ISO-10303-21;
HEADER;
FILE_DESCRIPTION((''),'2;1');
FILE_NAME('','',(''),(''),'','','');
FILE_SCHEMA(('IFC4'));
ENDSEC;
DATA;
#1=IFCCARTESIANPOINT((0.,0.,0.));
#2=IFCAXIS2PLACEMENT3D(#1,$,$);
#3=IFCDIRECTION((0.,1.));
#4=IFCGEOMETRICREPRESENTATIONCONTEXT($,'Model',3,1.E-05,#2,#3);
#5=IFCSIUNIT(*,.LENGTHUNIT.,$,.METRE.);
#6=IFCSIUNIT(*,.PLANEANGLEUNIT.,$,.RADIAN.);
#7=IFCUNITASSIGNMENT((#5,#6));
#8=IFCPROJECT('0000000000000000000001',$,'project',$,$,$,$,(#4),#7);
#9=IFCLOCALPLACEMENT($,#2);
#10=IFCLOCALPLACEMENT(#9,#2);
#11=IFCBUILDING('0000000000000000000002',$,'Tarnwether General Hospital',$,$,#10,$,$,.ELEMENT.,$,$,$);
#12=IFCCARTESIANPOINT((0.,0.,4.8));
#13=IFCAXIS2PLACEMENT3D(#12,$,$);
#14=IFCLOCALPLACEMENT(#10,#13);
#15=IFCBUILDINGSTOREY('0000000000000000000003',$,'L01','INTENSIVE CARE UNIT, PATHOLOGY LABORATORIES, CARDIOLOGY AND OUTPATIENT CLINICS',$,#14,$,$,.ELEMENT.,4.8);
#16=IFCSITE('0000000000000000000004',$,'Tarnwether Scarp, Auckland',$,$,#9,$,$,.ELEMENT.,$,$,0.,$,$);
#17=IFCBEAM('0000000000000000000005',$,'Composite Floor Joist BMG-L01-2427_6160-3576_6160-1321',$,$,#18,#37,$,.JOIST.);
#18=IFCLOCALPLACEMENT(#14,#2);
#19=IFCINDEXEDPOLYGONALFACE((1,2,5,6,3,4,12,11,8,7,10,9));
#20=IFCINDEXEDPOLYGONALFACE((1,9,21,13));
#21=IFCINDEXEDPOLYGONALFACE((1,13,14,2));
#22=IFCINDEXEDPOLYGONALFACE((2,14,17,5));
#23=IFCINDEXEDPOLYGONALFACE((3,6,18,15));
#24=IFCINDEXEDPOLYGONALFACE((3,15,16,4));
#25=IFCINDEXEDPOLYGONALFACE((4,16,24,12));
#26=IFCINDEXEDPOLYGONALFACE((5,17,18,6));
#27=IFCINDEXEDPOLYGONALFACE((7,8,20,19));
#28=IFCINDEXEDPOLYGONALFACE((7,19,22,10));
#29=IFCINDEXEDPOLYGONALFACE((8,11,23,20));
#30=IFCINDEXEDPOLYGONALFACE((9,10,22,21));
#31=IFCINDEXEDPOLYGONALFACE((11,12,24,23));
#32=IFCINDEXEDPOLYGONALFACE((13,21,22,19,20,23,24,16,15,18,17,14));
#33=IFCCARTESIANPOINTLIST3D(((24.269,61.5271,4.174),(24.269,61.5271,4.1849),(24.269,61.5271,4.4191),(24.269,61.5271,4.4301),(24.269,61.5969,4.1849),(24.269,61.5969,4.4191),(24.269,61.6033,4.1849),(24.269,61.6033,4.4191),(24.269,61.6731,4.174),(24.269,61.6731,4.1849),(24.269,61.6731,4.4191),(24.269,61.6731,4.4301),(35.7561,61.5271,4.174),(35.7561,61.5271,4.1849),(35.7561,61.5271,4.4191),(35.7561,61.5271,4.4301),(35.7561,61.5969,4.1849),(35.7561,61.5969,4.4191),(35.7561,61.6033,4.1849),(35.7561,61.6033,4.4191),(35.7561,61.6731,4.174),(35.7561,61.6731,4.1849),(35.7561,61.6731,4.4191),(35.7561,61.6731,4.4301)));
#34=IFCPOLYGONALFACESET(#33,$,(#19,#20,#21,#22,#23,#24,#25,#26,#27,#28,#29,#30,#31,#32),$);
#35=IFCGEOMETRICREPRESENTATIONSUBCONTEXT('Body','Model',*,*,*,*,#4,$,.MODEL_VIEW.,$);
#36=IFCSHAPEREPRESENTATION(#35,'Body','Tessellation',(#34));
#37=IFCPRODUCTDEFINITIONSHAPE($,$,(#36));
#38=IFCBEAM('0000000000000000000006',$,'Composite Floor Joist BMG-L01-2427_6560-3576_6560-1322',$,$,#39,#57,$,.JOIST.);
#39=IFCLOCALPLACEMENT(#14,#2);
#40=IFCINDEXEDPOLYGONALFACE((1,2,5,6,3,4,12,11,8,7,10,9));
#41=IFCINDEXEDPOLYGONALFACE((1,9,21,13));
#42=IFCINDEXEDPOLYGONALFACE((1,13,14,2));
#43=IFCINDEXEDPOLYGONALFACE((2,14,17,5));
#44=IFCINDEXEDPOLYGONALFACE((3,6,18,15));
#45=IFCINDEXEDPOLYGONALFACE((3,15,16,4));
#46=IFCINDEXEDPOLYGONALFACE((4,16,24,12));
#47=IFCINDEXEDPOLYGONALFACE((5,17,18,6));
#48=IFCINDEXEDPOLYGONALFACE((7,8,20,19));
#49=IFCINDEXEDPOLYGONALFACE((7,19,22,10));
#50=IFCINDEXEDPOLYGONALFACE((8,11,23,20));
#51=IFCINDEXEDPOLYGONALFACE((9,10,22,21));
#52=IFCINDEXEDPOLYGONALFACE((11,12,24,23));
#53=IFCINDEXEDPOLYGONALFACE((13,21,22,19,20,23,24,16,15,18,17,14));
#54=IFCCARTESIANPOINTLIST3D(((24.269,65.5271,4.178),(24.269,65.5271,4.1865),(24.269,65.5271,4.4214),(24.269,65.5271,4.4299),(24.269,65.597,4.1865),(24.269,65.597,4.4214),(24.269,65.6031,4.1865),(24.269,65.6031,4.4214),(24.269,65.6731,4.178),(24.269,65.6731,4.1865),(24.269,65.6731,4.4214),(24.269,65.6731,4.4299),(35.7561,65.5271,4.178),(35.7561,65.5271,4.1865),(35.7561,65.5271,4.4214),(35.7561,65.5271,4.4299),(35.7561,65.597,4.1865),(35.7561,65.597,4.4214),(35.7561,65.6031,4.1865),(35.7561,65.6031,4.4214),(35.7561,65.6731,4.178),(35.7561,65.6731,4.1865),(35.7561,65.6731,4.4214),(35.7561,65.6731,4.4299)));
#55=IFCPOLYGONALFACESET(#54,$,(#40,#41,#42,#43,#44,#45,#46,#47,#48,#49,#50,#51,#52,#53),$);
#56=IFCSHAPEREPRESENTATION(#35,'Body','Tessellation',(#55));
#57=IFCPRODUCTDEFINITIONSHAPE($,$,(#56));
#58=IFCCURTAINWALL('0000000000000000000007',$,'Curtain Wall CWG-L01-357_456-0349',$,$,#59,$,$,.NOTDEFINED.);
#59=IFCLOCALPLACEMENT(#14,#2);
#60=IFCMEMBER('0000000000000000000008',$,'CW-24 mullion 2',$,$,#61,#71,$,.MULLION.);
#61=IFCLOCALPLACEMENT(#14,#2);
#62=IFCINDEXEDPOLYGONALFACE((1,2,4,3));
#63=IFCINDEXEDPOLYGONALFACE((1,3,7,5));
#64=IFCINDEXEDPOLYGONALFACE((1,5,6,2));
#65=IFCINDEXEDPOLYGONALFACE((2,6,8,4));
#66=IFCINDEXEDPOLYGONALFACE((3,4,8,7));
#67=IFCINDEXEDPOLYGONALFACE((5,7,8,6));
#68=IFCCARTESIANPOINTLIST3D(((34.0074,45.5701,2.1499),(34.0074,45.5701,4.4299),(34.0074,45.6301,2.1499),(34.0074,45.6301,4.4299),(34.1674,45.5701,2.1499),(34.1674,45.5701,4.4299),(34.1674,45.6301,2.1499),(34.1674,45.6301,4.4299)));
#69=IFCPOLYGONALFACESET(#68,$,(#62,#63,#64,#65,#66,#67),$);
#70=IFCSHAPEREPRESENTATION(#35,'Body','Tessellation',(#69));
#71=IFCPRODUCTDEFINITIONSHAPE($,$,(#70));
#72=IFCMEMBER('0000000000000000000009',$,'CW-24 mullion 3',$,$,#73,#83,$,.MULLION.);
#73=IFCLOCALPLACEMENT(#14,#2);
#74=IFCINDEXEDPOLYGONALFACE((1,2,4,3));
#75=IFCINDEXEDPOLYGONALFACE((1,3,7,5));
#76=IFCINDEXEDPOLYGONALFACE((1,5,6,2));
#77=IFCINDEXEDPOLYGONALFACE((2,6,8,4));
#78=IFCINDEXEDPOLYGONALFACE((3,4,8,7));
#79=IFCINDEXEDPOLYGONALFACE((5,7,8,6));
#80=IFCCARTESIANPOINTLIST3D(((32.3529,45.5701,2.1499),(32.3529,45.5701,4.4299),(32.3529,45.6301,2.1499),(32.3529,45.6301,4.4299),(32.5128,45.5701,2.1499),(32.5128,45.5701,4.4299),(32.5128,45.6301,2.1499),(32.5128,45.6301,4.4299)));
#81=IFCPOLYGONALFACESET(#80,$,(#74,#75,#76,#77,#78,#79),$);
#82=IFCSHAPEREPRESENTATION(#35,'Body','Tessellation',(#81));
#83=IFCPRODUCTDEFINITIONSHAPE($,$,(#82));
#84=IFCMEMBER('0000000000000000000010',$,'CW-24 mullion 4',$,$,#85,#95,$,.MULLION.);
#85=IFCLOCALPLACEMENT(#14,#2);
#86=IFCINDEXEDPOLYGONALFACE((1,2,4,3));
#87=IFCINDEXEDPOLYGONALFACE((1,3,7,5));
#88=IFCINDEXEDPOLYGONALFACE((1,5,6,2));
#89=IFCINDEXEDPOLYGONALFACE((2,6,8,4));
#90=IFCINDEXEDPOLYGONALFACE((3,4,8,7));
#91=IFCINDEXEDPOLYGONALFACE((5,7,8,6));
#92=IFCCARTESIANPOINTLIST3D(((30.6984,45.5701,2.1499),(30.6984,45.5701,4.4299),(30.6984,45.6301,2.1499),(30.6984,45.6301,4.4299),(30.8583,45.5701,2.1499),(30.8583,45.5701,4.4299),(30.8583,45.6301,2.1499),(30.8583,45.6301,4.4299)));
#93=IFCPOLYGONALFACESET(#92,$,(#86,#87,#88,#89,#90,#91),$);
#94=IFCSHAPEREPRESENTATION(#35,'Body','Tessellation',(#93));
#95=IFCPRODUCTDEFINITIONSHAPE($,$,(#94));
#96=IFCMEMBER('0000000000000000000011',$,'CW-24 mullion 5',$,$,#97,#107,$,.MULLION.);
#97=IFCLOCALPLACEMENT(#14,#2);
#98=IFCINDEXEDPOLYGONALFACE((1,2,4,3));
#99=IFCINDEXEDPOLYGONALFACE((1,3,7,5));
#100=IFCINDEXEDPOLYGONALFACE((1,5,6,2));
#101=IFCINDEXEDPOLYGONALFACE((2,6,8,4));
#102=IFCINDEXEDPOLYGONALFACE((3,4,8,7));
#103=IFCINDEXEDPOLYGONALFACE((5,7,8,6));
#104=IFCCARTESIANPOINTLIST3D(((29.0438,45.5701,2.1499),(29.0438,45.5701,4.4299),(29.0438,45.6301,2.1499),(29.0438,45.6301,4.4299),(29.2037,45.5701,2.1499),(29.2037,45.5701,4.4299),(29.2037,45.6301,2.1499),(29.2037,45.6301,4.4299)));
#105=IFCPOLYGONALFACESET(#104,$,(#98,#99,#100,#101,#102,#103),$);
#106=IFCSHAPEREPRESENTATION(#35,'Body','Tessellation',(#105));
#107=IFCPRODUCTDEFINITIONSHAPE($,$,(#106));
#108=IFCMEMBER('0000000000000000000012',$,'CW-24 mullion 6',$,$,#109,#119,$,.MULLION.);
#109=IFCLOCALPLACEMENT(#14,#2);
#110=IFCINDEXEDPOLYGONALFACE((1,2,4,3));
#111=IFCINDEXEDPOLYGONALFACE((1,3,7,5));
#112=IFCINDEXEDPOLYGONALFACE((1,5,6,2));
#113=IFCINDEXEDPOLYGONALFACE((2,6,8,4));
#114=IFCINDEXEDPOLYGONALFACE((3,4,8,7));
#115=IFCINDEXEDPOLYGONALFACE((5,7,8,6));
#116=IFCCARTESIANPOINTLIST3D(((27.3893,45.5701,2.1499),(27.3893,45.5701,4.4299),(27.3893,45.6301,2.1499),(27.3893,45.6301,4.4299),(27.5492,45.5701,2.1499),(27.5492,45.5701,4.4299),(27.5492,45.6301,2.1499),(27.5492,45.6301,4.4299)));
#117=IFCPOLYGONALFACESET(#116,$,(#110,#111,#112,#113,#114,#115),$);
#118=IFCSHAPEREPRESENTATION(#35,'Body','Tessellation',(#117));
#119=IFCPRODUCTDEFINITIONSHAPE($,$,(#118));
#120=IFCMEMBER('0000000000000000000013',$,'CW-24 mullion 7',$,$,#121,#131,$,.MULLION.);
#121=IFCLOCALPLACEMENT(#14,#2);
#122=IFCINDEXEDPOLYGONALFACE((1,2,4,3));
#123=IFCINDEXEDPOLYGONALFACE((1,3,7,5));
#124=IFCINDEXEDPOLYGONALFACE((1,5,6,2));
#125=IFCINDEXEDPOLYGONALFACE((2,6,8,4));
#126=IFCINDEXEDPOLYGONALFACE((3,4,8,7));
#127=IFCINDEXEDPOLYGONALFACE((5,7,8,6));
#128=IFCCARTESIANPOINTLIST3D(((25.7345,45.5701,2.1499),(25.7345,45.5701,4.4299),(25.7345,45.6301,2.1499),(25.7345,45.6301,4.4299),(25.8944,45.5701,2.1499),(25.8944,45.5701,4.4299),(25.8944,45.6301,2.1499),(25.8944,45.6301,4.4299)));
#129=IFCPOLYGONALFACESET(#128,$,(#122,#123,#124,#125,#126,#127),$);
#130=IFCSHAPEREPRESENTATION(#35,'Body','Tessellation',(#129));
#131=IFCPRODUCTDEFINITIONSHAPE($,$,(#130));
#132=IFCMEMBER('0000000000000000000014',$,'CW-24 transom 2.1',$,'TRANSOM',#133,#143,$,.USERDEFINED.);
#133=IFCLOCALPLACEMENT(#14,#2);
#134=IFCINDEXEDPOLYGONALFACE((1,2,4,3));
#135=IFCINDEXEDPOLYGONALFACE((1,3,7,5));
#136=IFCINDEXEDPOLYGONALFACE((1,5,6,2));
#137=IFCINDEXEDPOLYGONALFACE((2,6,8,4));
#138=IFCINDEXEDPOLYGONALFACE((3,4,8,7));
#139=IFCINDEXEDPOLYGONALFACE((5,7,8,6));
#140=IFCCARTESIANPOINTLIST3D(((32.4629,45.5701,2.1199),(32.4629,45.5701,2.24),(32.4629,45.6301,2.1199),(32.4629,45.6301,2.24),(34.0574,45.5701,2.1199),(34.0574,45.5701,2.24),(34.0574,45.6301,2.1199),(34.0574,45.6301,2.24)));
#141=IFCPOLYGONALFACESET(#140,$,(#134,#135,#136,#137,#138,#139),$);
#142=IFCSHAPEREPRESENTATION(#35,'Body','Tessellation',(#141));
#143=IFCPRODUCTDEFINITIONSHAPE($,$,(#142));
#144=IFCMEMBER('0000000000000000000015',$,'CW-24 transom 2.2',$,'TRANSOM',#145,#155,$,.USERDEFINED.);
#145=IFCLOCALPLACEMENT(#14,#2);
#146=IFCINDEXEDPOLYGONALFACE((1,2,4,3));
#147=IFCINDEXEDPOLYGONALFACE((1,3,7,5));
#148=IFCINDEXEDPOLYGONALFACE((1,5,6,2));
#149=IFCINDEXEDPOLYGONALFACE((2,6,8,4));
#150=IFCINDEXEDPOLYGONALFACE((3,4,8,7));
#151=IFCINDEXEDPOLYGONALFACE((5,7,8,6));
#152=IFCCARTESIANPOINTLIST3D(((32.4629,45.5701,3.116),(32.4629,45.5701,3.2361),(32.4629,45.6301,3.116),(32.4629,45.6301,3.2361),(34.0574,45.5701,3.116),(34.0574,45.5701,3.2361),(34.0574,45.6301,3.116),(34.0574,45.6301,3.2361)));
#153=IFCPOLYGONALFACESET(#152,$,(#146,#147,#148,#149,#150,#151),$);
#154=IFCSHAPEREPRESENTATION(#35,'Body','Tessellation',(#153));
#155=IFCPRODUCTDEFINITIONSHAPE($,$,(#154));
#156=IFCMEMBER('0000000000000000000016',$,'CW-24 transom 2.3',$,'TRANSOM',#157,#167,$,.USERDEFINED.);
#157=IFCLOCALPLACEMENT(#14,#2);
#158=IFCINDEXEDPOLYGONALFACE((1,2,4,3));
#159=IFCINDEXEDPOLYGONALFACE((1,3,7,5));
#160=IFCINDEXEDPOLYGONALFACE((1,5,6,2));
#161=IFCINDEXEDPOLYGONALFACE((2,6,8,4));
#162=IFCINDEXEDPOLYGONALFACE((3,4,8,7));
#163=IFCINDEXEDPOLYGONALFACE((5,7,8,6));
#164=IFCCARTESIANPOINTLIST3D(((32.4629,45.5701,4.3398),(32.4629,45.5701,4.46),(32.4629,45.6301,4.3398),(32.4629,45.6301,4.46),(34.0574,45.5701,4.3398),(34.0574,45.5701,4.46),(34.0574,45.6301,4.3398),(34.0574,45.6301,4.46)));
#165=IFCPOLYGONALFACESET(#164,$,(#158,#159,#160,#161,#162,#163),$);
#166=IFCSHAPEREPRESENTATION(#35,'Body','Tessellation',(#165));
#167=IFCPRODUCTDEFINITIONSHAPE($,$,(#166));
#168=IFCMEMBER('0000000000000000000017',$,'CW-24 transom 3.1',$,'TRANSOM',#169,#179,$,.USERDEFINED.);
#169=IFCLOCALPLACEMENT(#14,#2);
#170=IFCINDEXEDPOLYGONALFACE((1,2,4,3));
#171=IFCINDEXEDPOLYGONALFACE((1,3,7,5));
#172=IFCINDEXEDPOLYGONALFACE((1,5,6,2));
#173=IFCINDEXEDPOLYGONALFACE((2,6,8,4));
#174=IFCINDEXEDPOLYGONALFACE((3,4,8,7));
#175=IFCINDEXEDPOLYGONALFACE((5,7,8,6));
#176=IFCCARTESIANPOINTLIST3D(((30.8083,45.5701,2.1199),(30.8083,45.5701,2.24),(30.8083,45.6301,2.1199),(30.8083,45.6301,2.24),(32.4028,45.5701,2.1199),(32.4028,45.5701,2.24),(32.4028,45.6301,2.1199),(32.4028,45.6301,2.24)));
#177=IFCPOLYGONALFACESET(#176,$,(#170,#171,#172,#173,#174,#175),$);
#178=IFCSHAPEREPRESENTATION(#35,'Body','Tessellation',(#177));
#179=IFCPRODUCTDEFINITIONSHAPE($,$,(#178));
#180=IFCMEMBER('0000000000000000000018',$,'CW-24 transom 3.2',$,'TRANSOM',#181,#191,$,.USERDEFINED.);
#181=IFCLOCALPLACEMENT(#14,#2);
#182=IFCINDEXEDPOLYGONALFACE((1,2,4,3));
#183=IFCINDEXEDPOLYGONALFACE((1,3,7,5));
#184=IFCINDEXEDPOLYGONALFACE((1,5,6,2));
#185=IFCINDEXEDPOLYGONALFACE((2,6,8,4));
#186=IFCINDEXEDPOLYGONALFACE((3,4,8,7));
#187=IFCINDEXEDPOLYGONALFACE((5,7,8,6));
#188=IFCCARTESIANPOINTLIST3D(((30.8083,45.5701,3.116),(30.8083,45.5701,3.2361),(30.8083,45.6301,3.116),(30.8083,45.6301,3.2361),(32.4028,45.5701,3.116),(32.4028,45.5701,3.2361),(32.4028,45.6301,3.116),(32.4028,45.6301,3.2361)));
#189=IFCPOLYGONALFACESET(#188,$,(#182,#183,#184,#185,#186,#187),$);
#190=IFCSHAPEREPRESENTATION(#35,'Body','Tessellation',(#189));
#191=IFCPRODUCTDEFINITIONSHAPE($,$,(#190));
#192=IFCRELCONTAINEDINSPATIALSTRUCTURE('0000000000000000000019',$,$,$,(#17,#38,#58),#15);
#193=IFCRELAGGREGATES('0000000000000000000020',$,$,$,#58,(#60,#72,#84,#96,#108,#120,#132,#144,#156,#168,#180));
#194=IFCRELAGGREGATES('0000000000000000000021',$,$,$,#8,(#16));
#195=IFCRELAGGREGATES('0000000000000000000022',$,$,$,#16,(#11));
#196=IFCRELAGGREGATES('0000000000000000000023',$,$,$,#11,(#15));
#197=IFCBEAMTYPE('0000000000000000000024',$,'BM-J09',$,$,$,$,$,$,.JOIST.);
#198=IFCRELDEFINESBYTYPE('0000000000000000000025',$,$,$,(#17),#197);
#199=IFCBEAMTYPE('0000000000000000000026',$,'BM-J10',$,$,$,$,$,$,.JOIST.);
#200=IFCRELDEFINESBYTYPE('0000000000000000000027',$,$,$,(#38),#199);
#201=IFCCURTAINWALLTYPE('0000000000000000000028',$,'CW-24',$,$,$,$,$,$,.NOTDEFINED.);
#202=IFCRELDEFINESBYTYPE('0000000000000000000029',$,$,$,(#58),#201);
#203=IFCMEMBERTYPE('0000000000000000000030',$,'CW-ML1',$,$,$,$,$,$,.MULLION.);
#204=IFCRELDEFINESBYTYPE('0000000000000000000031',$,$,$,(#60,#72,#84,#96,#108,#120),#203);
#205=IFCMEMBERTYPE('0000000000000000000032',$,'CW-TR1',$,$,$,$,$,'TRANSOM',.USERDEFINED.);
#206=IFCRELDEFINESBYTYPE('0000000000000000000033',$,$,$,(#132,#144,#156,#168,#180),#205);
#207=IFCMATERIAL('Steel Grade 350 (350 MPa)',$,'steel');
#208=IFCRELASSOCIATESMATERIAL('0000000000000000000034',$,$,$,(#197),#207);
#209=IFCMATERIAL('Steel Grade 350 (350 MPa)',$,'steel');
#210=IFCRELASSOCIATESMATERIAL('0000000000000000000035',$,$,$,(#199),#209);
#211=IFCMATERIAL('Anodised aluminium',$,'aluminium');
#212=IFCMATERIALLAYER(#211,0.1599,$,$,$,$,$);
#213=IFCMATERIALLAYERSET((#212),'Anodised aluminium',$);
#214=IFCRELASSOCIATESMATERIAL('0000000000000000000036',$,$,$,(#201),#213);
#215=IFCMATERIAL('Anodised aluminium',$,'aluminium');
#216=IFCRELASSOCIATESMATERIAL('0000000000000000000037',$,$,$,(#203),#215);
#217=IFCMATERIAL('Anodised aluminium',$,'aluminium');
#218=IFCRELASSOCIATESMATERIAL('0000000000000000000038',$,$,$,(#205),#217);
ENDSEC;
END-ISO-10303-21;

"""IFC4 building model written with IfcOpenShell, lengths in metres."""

from ifc_helpers import new_model, si_unit, direction, frame, origin, origin_2d, place, context, subcontext, project, spatial, rectangle, i_section, extrude, material, layer, layer_set, material_profile, profile_set, type_object, element, aggregate, save


model = new_model("IFC4")

# Units and contexts
model_context = context("Model", 3, precision=1e-05, world=origin(), true_north=direction((0.0, 1.0)))
body_context = subcontext(model_context, "Body", "Model", "MODEL_VIEW")
ifc_project = project(units=[si_unit("LENGTHUNIT", "METRE"), si_unit("PLANEANGLEUNIT", "RADIAN")], contexts=[model_context])

# Site, building, storey
site_placement = place(None, origin())
site = spatial("IfcSite", under=ifc_project, at=site_placement, Name="Tarnwether Scarp, Auckland", CompositionType="ELEMENT", RefElevation=0.0)
building_placement = place(site_placement, origin())
building = spatial("IfcBuilding", under=site, at=building_placement, Name="Tarnwether General Hospital", CompositionType="ELEMENT")
storey_placement = place(building_placement, frame((0.0, 0.0, 4.8)))
storey = spatial("IfcBuildingStorey", under=building, at=storey_placement, Name="L01", Description="INTENSIVE CARE UNIT, PATHOLOGY LABORATORIES, CARDIOLOGY AND OUTPATIENT CLINICS", CompositionType="ELEMENT", Elevation=4.8)

# Beams
ifc_material_1 = material(Name="Steel Grade 350 (350 MPa)", Category="steel")
ifc_material_profile_1 = material_profile(ifc_material_1, i_section(OverallWidth=0.146, OverallDepth=0.2561, WebThickness=0.0063, FlangeThickness=0.011, at=origin_2d()), Name="250UB37.3")
ifc_profile_set_1 = profile_set([ifc_material_profile_1], Name="Steel Grade 350 (350 MPa)")
beam_type_1 = type_object("IfcBeamType", Name="BM-J09", PredefinedType="JOIST", material=ifc_profile_set_1)
beam_1_placement = place(storey_placement, frame((24.269, 61.6001, 4.302), z_axis=(1.0, 0.0, 0.0), x_axis=(0.0, 1.0, 0.0)))
element("IfcBeam", 1, at=beam_1_placement, inside=storey, type_object=beam_type_1, Name="Composite Floor Joist BMG-L01-2427_6160-3576_6160-1321", PredefinedType="JOIST", context=body_context, shape_type="SweptSolid", body=[
    extrude(i_section(OverallWidth=0.146, OverallDepth=0.2561, WebThickness=0.0063, FlangeThickness=0.011, at=origin_2d()), origin(), (0.0, 0.0, 1.0), 11.4871),
])
ifc_material_2 = material(Name="Steel Grade 350 (350 MPa)", Category="steel")
ifc_material_profile_2 = material_profile(ifc_material_2, i_section(OverallWidth=0.146, OverallDepth=0.252, WebThickness=0.0061, FlangeThickness=0.0085, at=origin_2d()), Name="250UB31.4")
ifc_profile_set_2 = profile_set([ifc_material_profile_2], Name="Steel Grade 350 (350 MPa)")
beam_type_2 = type_object("IfcBeamType", Name="BM-J10", PredefinedType="JOIST", material=ifc_profile_set_2)
beam_2_placement = place(storey_placement, frame((24.269, 65.6001, 4.304), z_axis=(1.0, 0.0, 0.0), x_axis=(0.0, 1.0, 0.0)))
element("IfcBeam", 2, at=beam_2_placement, inside=storey, type_object=beam_type_2, Name="Composite Floor Joist BMG-L01-2427_6560-3576_6560-1322", PredefinedType="JOIST", context=body_context, shape_type="SweptSolid", body=[
    extrude(i_section(OverallWidth=0.146, OverallDepth=0.252, WebThickness=0.0061, FlangeThickness=0.0085, at=origin_2d()), origin(), (0.0, 0.0, 1.0), 11.4871),
])

# Curtain wall, members
ifc_material_3 = material(Name="Anodised aluminium", Category="aluminium")
ifc_layer_1 = layer(ifc_material_3, 0.1599)
ifc_layer_set_1 = layer_set([ifc_layer_1], Name="Anodised aluminium")
curtain_wall_type = type_object("IfcCurtainWallType", Name="CW-24", PredefinedType="NOTDEFINED", material=ifc_layer_set_1)
curtain_wall_placement = place(storey_placement, origin())
curtain_wall = element("IfcCurtainWall", 3, at=curtain_wall_placement, inside=storey, type_object=curtain_wall_type, Name="Curtain Wall CWG-L01-357_456-0349", PredefinedType="NOTDEFINED")
ifc_material_4 = material(Name="Anodised aluminium", Category="aluminium")
ifc_material_profile_3 = material_profile(ifc_material_4, rectangle(XDim=0.0601, YDim=0.1599, at=origin_2d()), Name="ALU-MUL-60x160")
ifc_profile_set_3 = profile_set([ifc_material_profile_3], Name="Anodised aluminium")
member_type_1 = type_object("IfcMemberType", Name="CW-ML1", PredefinedType="MULLION", material=ifc_profile_set_3)
member_1_placement = place(storey_placement, frame((34.0874, 45.6001, 2.1499), z_axis=(0.0, 0.0, 1.0), x_axis=(0.0, -1.0, 0.0)))
member_1 = element("IfcMember", 4, at=member_1_placement, type_object=member_type_1, Name="CW-24 mullion 2", PredefinedType="MULLION", context=body_context, shape_type="SweptSolid", body=[
    extrude(rectangle(XDim=0.0601, YDim=0.1599, at=origin_2d()), origin(), (0.0, 0.0, 1.0), 2.28),
])
member_2_placement = place(storey_placement, frame((32.4329, 45.6001, 2.1499), z_axis=(0.0, 0.0, 1.0), x_axis=(0.0, -1.0, 0.0)))
member_2 = element("IfcMember", 5, at=member_2_placement, type_object=member_type_1, Name="CW-24 mullion 3", PredefinedType="MULLION", context=body_context, shape_type="SweptSolid", body=[
    extrude(rectangle(XDim=0.0601, YDim=0.1599, at=origin_2d()), origin(), (0.0, 0.0, 1.0), 2.28),
])
member_3_placement = place(storey_placement, frame((30.7783, 45.6001, 2.1499), z_axis=(0.0, 0.0, 1.0), x_axis=(0.0, -1.0, 0.0)))
member_3 = element("IfcMember", 6, at=member_3_placement, type_object=member_type_1, Name="CW-24 mullion 4", PredefinedType="MULLION", context=body_context, shape_type="SweptSolid", body=[
    extrude(rectangle(XDim=0.0601, YDim=0.1599, at=origin_2d()), origin(), (0.0, 0.0, 1.0), 2.28),
])
member_4_placement = place(storey_placement, frame((29.1238, 45.6001, 2.1499), z_axis=(0.0, 0.0, 1.0), x_axis=(0.0, -1.0, 0.0)))
member_4 = element("IfcMember", 7, at=member_4_placement, type_object=member_type_1, Name="CW-24 mullion 5", PredefinedType="MULLION", context=body_context, shape_type="SweptSolid", body=[
    extrude(rectangle(XDim=0.0601, YDim=0.1599, at=origin_2d()), origin(), (0.0, 0.0, 1.0), 2.28),
])
member_5_placement = place(storey_placement, frame((27.4692, 45.6001, 2.1499), z_axis=(0.0, 0.0, 1.0), x_axis=(0.0, -1.0, 0.0)))
member_5 = element("IfcMember", 8, at=member_5_placement, type_object=member_type_1, Name="CW-24 mullion 6", PredefinedType="MULLION", context=body_context, shape_type="SweptSolid", body=[
    extrude(rectangle(XDim=0.0601, YDim=0.1599, at=origin_2d()), origin(), (0.0, 0.0, 1.0), 2.28),
])
member_6_placement = place(storey_placement, frame((25.8145, 45.6001, 2.1499), z_axis=(0.0, 0.0, 1.0), x_axis=(0.0, -1.0, 0.0)))
member_6 = element("IfcMember", 9, at=member_6_placement, type_object=member_type_1, Name="CW-24 mullion 7", PredefinedType="MULLION", context=body_context, shape_type="SweptSolid", body=[
    extrude(rectangle(XDim=0.0601, YDim=0.1599, at=origin_2d()), origin(), (0.0, 0.0, 1.0), 2.28),
])
ifc_material_5 = material(Name="Anodised aluminium", Category="aluminium")
ifc_material_profile_4 = material_profile(ifc_material_5, rectangle(XDim=0.0601, YDim=0.1201, at=origin_2d()), Name="ALU-TRN-60x120")
ifc_profile_set_4 = profile_set([ifc_material_profile_4], Name="Anodised aluminium")
member_type_2 = type_object("IfcMemberType", Name="CW-TR1", ElementType="TRANSOM", PredefinedType="USERDEFINED", material=ifc_profile_set_4)
member_7_placement = place(storey_placement, frame((34.0574, 45.6001, 2.1799), z_axis=(-1.0, 0.0, 0.0), x_axis=(0.0, -1.0, 0.0)))
member_7 = element("IfcMember", 10, at=member_7_placement, type_object=member_type_2, Name="CW-24 transom 2.1", ObjectType="TRANSOM", PredefinedType="USERDEFINED", context=body_context, shape_type="SweptSolid", body=[
    extrude(rectangle(XDim=0.0601, YDim=0.1201, at=origin_2d()), origin(), (0.0, 0.0, 1.0), 1.5945),
])
member_8_placement = place(storey_placement, frame((34.0574, 45.6001, 3.176), z_axis=(-1.0, 0.0, 0.0), x_axis=(0.0, -1.0, 0.0)))
member_8 = element("IfcMember", 11, at=member_8_placement, type_object=member_type_2, Name="CW-24 transom 2.2", ObjectType="TRANSOM", PredefinedType="USERDEFINED", context=body_context, shape_type="SweptSolid", body=[
    extrude(rectangle(XDim=0.0601, YDim=0.1201, at=origin_2d()), origin(), (0.0, 0.0, 1.0), 1.5945),
])
member_9_placement = place(storey_placement, frame((34.0574, 45.6001, 4.3999), z_axis=(-1.0, 0.0, 0.0), x_axis=(0.0, -1.0, 0.0)))
member_9 = element("IfcMember", 12, at=member_9_placement, type_object=member_type_2, Name="CW-24 transom 2.3", ObjectType="TRANSOM", PredefinedType="USERDEFINED", context=body_context, shape_type="SweptSolid", body=[
    extrude(rectangle(XDim=0.0601, YDim=0.1201, at=origin_2d()), origin(), (0.0, 0.0, 1.0), 1.5945),
])
member_10_placement = place(storey_placement, frame((32.4028, 45.6001, 2.1799), z_axis=(-1.0, 0.0, 0.0), x_axis=(0.0, -1.0, 0.0)))
member_10 = element("IfcMember", 13, at=member_10_placement, type_object=member_type_2, Name="CW-24 transom 3.1", ObjectType="TRANSOM", PredefinedType="USERDEFINED", context=body_context, shape_type="SweptSolid", body=[
    extrude(rectangle(XDim=0.0601, YDim=0.1201, at=origin_2d()), origin(), (0.0, 0.0, 1.0), 1.5945),
])
member_11_placement = place(storey_placement, frame((32.4028, 45.6001, 3.176), z_axis=(-1.0, 0.0, 0.0), x_axis=(0.0, -1.0, 0.0)))
member_11 = element("IfcMember", 14, at=member_11_placement, type_object=member_type_2, Name="CW-24 transom 3.2", ObjectType="TRANSOM", PredefinedType="USERDEFINED", context=body_context, shape_type="SweptSolid", body=[
    extrude(rectangle(XDim=0.0601, YDim=0.1201, at=origin_2d()), origin(), (0.0, 0.0, 1.0), 1.5945),
])
aggregate(curtain_wall, [member_1, member_2, member_3, member_4, member_5, member_6, member_7, member_8, member_9, member_10, member_11])

save(model, "model.ifc")
